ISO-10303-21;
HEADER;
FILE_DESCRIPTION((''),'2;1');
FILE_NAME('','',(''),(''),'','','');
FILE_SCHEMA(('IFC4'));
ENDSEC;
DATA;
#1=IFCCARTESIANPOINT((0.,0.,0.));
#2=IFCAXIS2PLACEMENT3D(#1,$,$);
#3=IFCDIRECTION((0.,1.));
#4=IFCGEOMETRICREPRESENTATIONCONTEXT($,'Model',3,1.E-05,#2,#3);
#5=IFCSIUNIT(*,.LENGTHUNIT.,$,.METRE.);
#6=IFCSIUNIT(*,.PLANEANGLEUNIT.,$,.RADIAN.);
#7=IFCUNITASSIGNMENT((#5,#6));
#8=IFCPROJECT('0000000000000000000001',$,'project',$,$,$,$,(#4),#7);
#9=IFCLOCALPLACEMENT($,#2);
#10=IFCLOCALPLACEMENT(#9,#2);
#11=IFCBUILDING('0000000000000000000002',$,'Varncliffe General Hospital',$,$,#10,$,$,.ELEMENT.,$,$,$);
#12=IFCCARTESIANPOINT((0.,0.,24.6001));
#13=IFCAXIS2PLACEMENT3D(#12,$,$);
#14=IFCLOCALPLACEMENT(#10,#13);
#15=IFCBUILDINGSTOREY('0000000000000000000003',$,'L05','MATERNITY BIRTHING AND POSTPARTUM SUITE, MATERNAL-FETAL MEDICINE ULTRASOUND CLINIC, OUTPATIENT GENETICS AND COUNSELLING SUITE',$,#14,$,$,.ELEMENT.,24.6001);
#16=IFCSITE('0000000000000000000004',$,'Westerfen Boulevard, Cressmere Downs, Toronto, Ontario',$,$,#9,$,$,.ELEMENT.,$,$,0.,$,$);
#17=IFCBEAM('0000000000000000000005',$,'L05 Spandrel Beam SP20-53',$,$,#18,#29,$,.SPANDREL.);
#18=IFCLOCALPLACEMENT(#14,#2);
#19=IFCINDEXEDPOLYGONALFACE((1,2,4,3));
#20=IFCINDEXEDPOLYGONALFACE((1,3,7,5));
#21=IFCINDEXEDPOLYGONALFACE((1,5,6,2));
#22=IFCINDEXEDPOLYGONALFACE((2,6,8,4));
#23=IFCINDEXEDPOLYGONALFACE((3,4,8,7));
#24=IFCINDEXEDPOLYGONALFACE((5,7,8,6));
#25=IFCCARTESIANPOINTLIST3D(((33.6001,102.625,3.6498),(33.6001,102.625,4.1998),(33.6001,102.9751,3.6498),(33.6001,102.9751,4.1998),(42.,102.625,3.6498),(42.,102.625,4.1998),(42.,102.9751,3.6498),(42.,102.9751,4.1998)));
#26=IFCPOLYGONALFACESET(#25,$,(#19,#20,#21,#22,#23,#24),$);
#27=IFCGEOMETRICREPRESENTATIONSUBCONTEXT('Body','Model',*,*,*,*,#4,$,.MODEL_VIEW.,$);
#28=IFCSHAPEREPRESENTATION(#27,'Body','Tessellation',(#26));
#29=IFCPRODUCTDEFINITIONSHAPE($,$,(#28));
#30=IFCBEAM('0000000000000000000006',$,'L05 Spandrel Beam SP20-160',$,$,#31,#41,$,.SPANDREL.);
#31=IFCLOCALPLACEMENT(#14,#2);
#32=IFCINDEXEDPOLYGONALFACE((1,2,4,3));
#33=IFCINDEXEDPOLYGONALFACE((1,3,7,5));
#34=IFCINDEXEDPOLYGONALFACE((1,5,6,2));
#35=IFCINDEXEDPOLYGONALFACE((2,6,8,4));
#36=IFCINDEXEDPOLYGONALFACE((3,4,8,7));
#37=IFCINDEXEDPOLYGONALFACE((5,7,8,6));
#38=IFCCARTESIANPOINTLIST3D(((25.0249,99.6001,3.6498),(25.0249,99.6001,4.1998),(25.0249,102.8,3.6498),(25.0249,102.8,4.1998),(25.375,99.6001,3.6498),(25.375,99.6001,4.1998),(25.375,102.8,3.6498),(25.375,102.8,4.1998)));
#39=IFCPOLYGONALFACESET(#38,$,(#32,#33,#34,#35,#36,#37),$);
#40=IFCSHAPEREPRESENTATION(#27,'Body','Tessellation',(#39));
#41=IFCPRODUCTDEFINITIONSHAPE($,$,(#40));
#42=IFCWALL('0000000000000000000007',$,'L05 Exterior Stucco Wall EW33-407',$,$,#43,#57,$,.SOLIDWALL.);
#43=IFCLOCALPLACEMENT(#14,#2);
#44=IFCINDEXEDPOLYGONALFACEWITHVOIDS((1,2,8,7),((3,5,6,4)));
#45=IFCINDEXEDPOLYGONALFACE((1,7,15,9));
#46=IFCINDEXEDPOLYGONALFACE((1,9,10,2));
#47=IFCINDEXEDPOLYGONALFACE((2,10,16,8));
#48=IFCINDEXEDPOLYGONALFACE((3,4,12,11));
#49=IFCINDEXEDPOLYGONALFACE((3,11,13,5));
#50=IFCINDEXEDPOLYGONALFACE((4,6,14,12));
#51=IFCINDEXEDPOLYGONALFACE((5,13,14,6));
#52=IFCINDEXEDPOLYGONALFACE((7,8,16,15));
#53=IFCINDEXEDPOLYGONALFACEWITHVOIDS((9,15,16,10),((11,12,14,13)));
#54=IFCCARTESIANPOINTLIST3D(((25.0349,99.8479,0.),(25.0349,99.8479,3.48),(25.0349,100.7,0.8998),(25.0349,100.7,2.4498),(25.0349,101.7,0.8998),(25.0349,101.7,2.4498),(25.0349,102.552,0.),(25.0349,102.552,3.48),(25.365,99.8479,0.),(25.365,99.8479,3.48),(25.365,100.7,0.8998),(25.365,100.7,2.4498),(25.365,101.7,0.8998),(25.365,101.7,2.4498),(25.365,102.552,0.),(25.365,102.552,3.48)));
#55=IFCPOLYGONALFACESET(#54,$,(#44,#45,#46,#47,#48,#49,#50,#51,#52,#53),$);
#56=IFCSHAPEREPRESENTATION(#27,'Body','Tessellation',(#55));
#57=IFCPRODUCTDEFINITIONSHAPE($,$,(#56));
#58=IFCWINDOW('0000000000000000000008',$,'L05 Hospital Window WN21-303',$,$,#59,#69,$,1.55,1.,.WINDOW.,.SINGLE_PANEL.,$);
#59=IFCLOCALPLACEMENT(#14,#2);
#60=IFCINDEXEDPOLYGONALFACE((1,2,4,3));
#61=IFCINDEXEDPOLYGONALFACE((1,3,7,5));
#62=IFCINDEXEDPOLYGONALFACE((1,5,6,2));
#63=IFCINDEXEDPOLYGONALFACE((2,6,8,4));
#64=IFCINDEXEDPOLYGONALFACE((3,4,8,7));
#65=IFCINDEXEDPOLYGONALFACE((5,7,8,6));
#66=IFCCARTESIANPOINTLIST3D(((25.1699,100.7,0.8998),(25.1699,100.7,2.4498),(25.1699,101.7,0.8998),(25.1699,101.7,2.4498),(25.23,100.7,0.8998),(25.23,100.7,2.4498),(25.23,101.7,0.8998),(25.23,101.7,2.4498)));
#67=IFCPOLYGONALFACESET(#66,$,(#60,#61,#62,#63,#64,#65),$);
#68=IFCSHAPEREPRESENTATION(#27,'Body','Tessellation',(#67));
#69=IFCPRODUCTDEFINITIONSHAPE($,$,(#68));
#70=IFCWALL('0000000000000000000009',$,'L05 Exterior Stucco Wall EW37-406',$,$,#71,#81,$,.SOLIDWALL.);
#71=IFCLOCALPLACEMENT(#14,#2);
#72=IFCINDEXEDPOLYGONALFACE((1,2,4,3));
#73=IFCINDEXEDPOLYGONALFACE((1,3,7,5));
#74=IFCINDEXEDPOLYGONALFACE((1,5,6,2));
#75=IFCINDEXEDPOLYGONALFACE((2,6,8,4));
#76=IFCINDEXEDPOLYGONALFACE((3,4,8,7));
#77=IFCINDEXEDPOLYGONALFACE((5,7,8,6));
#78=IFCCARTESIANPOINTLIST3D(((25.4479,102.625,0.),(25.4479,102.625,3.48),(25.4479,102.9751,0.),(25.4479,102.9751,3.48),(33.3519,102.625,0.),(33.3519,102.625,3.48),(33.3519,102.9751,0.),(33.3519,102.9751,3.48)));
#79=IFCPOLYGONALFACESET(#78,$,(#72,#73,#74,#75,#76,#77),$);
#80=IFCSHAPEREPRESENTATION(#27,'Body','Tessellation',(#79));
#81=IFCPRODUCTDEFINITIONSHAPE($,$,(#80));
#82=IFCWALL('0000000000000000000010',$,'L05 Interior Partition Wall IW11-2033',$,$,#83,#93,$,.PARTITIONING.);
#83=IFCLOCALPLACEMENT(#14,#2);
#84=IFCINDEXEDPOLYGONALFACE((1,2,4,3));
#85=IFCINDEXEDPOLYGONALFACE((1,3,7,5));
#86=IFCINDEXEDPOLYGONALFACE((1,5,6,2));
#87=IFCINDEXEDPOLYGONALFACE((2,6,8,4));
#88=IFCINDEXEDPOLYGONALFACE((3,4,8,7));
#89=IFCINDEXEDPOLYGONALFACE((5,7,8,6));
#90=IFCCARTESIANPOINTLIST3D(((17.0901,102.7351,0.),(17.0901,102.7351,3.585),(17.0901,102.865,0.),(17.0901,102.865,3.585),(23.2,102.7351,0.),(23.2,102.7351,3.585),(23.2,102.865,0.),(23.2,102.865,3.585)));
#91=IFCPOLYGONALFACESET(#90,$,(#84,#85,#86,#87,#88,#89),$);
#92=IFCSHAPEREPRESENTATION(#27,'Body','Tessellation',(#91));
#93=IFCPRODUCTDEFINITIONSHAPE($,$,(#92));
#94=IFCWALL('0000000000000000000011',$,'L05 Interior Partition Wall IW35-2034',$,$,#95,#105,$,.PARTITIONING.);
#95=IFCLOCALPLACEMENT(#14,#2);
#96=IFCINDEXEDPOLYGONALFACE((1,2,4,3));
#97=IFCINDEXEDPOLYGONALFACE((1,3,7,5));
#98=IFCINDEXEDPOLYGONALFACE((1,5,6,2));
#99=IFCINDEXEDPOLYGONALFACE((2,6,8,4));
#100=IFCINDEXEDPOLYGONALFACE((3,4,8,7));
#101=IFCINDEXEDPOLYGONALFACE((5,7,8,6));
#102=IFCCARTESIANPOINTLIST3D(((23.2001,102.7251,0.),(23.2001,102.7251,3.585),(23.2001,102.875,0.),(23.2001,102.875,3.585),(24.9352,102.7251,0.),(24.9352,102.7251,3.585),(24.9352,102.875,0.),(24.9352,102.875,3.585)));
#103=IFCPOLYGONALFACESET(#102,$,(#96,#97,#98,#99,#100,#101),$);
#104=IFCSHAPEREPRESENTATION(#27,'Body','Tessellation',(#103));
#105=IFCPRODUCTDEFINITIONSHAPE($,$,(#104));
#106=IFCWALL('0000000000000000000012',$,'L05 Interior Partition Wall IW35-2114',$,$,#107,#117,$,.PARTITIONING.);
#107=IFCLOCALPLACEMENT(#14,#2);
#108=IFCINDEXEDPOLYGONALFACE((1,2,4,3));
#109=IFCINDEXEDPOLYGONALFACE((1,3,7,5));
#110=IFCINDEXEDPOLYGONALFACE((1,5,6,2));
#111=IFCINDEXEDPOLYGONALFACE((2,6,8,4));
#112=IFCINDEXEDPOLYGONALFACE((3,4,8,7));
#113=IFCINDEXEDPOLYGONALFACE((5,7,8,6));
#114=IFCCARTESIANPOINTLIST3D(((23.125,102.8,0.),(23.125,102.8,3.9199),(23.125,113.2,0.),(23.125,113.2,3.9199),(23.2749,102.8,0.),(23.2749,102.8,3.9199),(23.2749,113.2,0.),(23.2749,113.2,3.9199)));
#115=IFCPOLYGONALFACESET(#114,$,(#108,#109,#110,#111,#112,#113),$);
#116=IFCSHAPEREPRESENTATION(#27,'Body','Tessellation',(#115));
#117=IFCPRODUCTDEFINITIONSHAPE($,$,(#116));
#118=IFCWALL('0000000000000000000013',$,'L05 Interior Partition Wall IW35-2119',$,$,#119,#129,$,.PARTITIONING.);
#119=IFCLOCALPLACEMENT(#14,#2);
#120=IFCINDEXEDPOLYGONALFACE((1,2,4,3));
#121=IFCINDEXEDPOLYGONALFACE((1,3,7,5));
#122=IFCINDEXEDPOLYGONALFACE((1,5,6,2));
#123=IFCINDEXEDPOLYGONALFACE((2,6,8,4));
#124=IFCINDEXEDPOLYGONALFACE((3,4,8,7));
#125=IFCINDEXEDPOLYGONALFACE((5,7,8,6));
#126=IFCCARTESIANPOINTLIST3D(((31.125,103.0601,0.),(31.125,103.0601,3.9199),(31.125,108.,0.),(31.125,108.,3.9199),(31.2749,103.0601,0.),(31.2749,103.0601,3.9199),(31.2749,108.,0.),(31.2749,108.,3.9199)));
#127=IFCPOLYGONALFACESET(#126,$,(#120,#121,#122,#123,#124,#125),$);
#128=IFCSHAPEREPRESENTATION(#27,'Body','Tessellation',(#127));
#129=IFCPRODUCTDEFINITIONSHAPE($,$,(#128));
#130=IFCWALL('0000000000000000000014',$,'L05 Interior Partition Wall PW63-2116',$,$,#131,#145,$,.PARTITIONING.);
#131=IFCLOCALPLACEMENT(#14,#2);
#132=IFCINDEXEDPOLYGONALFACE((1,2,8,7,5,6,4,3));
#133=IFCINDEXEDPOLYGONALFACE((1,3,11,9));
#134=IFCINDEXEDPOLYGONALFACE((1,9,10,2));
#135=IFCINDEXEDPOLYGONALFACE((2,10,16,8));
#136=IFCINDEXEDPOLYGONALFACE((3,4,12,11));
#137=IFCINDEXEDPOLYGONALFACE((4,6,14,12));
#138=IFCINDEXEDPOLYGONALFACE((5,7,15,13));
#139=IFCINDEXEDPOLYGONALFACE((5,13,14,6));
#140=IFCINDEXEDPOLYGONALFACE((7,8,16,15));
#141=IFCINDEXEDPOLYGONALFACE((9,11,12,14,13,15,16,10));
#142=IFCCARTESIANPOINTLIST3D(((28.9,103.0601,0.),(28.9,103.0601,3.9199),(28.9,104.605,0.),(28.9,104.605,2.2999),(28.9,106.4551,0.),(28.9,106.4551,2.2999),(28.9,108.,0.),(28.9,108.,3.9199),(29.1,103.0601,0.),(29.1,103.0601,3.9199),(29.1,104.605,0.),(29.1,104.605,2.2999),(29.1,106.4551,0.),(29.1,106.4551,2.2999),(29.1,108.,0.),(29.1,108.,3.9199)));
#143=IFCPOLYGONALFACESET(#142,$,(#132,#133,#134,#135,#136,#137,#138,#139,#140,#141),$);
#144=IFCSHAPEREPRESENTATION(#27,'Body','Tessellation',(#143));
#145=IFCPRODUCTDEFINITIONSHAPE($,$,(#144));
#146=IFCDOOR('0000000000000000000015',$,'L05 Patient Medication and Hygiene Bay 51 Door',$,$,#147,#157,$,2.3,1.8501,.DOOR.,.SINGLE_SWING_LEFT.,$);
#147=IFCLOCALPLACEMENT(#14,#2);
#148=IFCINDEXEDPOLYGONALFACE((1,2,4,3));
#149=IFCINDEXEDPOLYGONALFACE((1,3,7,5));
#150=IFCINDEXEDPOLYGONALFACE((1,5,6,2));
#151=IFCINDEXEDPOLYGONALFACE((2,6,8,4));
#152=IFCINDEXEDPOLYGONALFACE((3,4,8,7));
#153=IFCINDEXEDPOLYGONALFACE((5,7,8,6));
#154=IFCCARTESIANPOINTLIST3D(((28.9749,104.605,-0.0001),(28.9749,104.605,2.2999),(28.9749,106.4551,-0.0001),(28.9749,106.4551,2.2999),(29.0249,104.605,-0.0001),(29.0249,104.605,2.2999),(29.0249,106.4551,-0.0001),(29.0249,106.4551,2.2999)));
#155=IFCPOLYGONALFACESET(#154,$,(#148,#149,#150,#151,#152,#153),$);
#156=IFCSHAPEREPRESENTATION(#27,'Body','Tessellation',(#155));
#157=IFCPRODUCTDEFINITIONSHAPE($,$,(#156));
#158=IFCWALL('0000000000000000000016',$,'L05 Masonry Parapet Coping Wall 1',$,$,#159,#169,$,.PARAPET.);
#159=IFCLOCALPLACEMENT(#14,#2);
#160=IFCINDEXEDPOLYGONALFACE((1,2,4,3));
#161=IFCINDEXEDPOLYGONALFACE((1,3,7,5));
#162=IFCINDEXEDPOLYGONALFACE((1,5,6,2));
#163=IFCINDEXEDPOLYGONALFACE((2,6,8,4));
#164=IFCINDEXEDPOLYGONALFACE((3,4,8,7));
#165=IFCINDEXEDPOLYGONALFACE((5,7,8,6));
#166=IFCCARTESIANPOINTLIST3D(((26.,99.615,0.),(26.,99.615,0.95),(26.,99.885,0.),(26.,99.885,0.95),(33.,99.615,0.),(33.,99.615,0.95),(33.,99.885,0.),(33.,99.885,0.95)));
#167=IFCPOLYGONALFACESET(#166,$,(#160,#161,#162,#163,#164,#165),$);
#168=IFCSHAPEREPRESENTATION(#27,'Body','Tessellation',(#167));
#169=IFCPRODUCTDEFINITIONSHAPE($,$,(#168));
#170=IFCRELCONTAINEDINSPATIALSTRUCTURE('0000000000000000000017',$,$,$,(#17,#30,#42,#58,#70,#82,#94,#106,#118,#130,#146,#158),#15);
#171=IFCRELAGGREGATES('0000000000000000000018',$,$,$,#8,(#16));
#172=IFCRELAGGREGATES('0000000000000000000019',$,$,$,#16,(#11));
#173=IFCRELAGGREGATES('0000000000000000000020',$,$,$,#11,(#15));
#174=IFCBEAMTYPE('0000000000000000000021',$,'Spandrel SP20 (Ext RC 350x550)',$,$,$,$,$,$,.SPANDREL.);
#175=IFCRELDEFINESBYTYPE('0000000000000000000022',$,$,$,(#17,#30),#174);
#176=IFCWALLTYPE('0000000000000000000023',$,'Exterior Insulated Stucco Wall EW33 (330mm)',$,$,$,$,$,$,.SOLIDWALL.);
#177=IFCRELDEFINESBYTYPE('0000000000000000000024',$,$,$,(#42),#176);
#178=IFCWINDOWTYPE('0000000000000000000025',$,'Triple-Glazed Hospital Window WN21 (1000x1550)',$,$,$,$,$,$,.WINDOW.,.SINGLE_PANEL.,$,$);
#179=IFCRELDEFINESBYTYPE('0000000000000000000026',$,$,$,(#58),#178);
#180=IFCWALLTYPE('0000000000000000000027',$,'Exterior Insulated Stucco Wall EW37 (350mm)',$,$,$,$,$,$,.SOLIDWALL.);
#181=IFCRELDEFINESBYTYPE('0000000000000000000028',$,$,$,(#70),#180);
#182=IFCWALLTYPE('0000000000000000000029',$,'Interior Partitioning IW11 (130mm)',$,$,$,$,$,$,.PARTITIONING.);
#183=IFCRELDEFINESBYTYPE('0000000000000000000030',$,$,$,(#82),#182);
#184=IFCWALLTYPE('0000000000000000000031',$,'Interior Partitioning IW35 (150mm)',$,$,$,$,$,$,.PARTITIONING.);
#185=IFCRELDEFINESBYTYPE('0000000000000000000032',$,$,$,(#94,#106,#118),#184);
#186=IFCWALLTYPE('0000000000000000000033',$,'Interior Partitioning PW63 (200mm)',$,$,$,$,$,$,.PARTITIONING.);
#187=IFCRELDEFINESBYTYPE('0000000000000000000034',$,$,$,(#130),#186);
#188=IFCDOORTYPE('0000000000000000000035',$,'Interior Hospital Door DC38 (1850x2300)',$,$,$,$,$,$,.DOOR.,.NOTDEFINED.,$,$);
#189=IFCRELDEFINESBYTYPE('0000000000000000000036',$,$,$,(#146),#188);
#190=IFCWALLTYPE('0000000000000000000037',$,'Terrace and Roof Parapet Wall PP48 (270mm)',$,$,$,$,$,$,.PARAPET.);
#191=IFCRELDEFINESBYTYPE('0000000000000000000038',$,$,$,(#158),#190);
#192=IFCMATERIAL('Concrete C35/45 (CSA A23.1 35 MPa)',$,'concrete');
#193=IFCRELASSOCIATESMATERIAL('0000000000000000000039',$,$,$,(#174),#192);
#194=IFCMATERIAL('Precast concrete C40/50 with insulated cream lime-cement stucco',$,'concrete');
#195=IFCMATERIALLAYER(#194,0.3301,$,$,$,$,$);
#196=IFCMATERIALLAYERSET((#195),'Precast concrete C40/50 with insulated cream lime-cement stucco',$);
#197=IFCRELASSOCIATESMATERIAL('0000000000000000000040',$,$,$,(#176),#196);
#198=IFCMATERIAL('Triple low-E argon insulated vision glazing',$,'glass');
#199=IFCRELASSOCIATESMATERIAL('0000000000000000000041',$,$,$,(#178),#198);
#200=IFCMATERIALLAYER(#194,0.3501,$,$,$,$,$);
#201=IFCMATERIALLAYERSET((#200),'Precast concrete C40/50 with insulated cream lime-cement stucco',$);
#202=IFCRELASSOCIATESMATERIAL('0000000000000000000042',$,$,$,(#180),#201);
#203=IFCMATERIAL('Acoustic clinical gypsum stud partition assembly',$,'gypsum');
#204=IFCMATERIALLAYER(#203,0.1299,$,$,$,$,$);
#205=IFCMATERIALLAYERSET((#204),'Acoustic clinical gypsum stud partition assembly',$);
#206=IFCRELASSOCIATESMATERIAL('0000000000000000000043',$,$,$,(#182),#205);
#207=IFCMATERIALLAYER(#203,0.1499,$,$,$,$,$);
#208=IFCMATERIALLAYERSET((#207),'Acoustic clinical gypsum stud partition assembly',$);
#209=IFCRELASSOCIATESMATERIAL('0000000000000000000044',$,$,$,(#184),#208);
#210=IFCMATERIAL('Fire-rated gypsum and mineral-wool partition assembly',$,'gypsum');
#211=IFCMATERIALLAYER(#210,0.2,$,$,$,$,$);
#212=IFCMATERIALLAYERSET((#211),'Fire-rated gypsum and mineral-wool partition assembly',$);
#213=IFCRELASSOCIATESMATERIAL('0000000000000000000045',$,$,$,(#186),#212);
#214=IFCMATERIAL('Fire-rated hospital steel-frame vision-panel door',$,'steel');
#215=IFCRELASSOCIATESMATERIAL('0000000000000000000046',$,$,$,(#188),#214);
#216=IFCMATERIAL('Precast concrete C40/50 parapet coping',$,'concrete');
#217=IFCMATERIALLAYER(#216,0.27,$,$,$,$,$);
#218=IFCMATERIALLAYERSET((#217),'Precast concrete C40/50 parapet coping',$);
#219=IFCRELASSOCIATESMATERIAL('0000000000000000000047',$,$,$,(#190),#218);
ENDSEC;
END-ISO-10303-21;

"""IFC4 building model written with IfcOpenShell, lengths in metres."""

from ifc_helpers import new_model, si_unit, direction, frame, frame_2d, origin, origin_2d, place, context, subcontext, project, spatial, rectangle, extrude, material, layer, layer_set, material_profile, profile_set, type_object, element, fill, save


model = new_model("IFC4")

# Units and contexts
model_context = context("Model", 3, precision=1e-05, world=origin(), true_north=direction((0.0, 1.0)))
body_context = subcontext(model_context, "Body", "Model", "MODEL_VIEW")
ifc_project = project(units=[si_unit("LENGTHUNIT", "METRE"), si_unit("PLANEANGLEUNIT", "RADIAN")], contexts=[model_context])

# Site, building, storey
site_placement = place(None, origin())
site = spatial("IfcSite", under=ifc_project, at=site_placement, Name="Westerfen Boulevard, Cressmere Downs, Toronto, Ontario", CompositionType="ELEMENT", RefElevation=0.0)
building_placement = place(site_placement, origin())
building = spatial("IfcBuilding", under=site, at=building_placement, Name="Varncliffe General Hospital", CompositionType="ELEMENT")
storey_placement = place(building_placement, frame((0.0, 0.0, 24.6001)))
storey = spatial("IfcBuildingStorey", under=building, at=storey_placement, Name="L05", Description="MATERNITY BIRTHING AND POSTPARTUM SUITE, MATERNAL-FETAL MEDICINE ULTRASOUND CLINIC, OUTPATIENT GENETICS AND COUNSELLING SUITE", CompositionType="ELEMENT", Elevation=24.6001)

# Beams
ifc_material_1 = material(Name="Concrete C35/45 (CSA A23.1 35 MPa)", Category="concrete")
ifc_material_profile_1 = material_profile(ifc_material_1, rectangle(XDim=0.3501, YDim=0.55, at=origin_2d()), Name="RC 350x550")
ifc_profile_set_1 = profile_set([ifc_material_profile_1], Name="Concrete C35/45 (CSA A23.1 35 MPa)")
beam_type_1 = type_object("IfcBeamType", Name="Spandrel SP20 (Ext RC 350x550)", PredefinedType="SPANDREL", material=ifc_profile_set_1)
beam_1_placement = place(storey_placement, frame((33.6001, 102.8, 3.9248), z_axis=(1.0, 0.0, 0.0), x_axis=(0.0, 1.0, 0.0)))
element("IfcBeam", 1, at=beam_1_placement, inside=storey, type_object=beam_type_1, Name="L05 Spandrel Beam SP20-53", PredefinedType="SPANDREL", context=body_context, shape_type="SweptSolid", body=[
    extrude(rectangle(XDim=0.3501, YDim=0.55, at=origin_2d()), origin(), (0.0, 0.0, 1.0), 8.3999),
])
beam_2_placement = place(storey_placement, frame((25.2, 99.6001, 3.9248), z_axis=(0.0, 1.0, 0.0), x_axis=(-1.0, 0.0, 0.0)))
element("IfcBeam", 2, at=beam_2_placement, inside=storey, type_object=beam_type_1, Name="L05 Spandrel Beam SP20-160", PredefinedType="SPANDREL", context=body_context, shape_type="SweptSolid", body=[
    extrude(rectangle(XDim=0.3501, YDim=0.55, at=origin_2d()), origin(), (0.0, 0.0, 1.0), 3.2),
])

# Wall, opening, window
ifc_material_2 = material(Name="Precast concrete C40/50 with insulated cream lime-cement stucco", Category="concrete")
ifc_layer_1 = layer(ifc_material_2, 0.3301)
ifc_layer_set_1 = layer_set([ifc_layer_1], Name="Precast concrete C40/50 with insulated cream lime-cement stucco")
wall_type_1 = type_object("IfcWallType", Name="Exterior Insulated Stucco Wall EW33 (330mm)", PredefinedType="SOLIDWALL", material=ifc_layer_set_1)
wall_1_placement = place(storey_placement, frame((25.2, 102.552, 0.0), z_axis=(0.0, 0.0, 1.0), x_axis=(0.0, -1.0, 0.0)))
wall_1 = element("IfcWall", 3, at=wall_1_placement, inside=storey, type_object=wall_type_1, Name="L05 Exterior Stucco Wall EW33-407", PredefinedType="SOLIDWALL", context=body_context, shape_type="SweptSolid", body=[
    extrude(rectangle(XDim=2.7041, YDim=0.3301, at=frame_2d((1.3521, 0.0))), origin(), (0.0, 0.0, 1.0), 3.48),
])
opening_1_placement = place(wall_1_placement, frame((0.8521, 0.0, 0.8999)))
opening_1 = element("IfcOpeningElement", 4, at=opening_1_placement, cuts=wall_1, PredefinedType="OPENING", context=body_context, shape_type="SweptSolid", body=[
    extrude(rectangle(XDim=1.0, YDim=1.55, at=frame_2d((0.5, 0.7749))), frame((0.0, 0.175, 0.0), z_axis=(0.0, -1.0, 0.0), x_axis=(1.0, 0.0, 0.0)), (0.0, 0.0, 1.0), 0.3501),
])
ifc_material_3 = material(Name="Triple low-E argon insulated vision glazing", Category="glass")
window_type = type_object("IfcWindowType", Name="Triple-Glazed Hospital Window WN21 (1000x1550)", PartitioningType="SINGLE_PANEL", PredefinedType="WINDOW", material=ifc_material_3)
window_placement = place(opening_1_placement, origin())
window = element("IfcWindow", 5, at=window_placement, inside=storey, type_object=window_type, Name="L05 Hospital Window WN21-303", OverallHeight=1.55, OverallWidth=1.0, PartitioningType="SINGLE_PANEL", PredefinedType="WINDOW", context=body_context, shape_type="SweptSolid", body=[
    extrude(rectangle(XDim=1.0, YDim=1.55, at=frame_2d((0.5, 0.7749))), frame((0.0, 0.03, 0.0), z_axis=(0.0, -1.0, 0.0), x_axis=(1.0, 0.0, 0.0)), (0.0, 0.0, 1.0), 0.0601),
])
fill(opening_1, window)

# Walls
ifc_layer_2 = layer(ifc_material_2, 0.3501)
ifc_layer_set_2 = layer_set([ifc_layer_2], Name="Precast concrete C40/50 with insulated cream lime-cement stucco")
wall_type_2 = type_object("IfcWallType", Name="Exterior Insulated Stucco Wall EW37 (350mm)", PredefinedType="SOLIDWALL", material=ifc_layer_set_2)
wall_2_placement = place(storey_placement, frame((33.3521, 102.8, 0.0), z_axis=(0.0, 0.0, 1.0), x_axis=(-1.0, 0.0, 0.0)))
element("IfcWall", 6, at=wall_2_placement, inside=storey, type_object=wall_type_2, Name="L05 Exterior Stucco Wall EW37-406", PredefinedType="SOLIDWALL", context=body_context, shape_type="SweptSolid", body=[
    extrude(rectangle(XDim=7.9041, YDim=0.3501, at=frame_2d((3.9521, 0.0))), origin(), (0.0, 0.0, 1.0), 3.48),
])
ifc_material_4 = material(Name="Acoustic clinical gypsum stud partition assembly", Category="gypsum")
ifc_layer_3 = layer(ifc_material_4, 0.1299)
ifc_layer_set_3 = layer_set([ifc_layer_3], Name="Acoustic clinical gypsum stud partition assembly")
wall_type_3 = type_object("IfcWallType", Name="Interior Partitioning IW11 (130mm)", PredefinedType="PARTITIONING", material=ifc_layer_set_3)
wall_3_placement = place(storey_placement, frame((17.0901, 102.8, 0.0), z_axis=(0.0, 0.0, 1.0), x_axis=(1.0, 0.0, 0.0)))
element("IfcWall", 7, at=wall_3_placement, inside=storey, type_object=wall_type_3, Name="L05 Interior Partition Wall IW11-2033", PredefinedType="PARTITIONING", context=body_context, shape_type="SweptSolid", body=[
    extrude(rectangle(XDim=6.1099, YDim=0.1299, at=frame_2d((3.0549, 0.0))), origin(), (0.0, 0.0, 1.0), 3.585),
])
ifc_layer_4 = layer(ifc_material_4, 0.1499)
ifc_layer_set_4 = layer_set([ifc_layer_4], Name="Acoustic clinical gypsum stud partition assembly")
wall_type_4 = type_object("IfcWallType", Name="Interior Partitioning IW35 (150mm)", PredefinedType="PARTITIONING", material=ifc_layer_set_4)
wall_4_placement = place(storey_placement, frame((23.2, 102.8, 0.0), z_axis=(0.0, 0.0, 1.0), x_axis=(1.0, 0.0, 0.0)))
element("IfcWall", 8, at=wall_4_placement, inside=storey, type_object=wall_type_4, Name="L05 Interior Partition Wall IW35-2034", PredefinedType="PARTITIONING", context=body_context, shape_type="SweptSolid", body=[
    extrude(rectangle(XDim=1.7351, YDim=0.1499, at=frame_2d((0.8677, 0.0))), origin(), (0.0, 0.0, 1.0), 3.585),
])
wall_5_placement = place(storey_placement, frame((23.2, 102.8, 0.0), z_axis=(0.0, 0.0, 1.0), x_axis=(0.0, 1.0, 0.0)))
element("IfcWall", 9, at=wall_5_placement, inside=storey, type_object=wall_type_4, Name="L05 Interior Partition Wall IW35-2114", PredefinedType="PARTITIONING", context=body_context, shape_type="SweptSolid", body=[
    extrude(rectangle(XDim=10.3999, YDim=0.1499, at=frame_2d((5.2, 0.0))), origin(), (0.0, 0.0, 1.0), 3.9199),
])
wall_6_placement = place(storey_placement, frame((31.2, 103.0601, 0.0), z_axis=(0.0, 0.0, 1.0), x_axis=(0.0, 1.0, 0.0)))
element("IfcWall", 10, at=wall_6_placement, inside=storey, type_object=wall_type_4, Name="L05 Interior Partition Wall IW35-2119", PredefinedType="PARTITIONING", context=body_context, shape_type="SweptSolid", body=[
    extrude(rectangle(XDim=4.9399, YDim=0.1499, at=frame_2d((2.47, 0.0))), origin(), (0.0, 0.0, 1.0), 3.9199),
])

# Wall, opening, door
ifc_material_5 = material(Name="Fire-rated gypsum and mineral-wool partition assembly", Category="gypsum")
ifc_layer_5 = layer(ifc_material_5, 0.2)
ifc_layer_set_5 = layer_set([ifc_layer_5], Name="Fire-rated gypsum and mineral-wool partition assembly")
wall_type_5 = type_object("IfcWallType", Name="Interior Partitioning PW63 (200mm)", PredefinedType="PARTITIONING", material=ifc_layer_set_5)
wall_7_placement = place(storey_placement, frame((29.0, 103.0601, 0.0), z_axis=(0.0, 0.0, 1.0), x_axis=(0.0, 1.0, 0.0)))
wall_7 = element("IfcWall", 11, at=wall_7_placement, inside=storey, type_object=wall_type_5, Name="L05 Interior Partition Wall PW63-2116", PredefinedType="PARTITIONING", context=body_context, shape_type="SweptSolid", body=[
    extrude(rectangle(XDim=4.9399, YDim=0.2, at=frame_2d((2.47, 0.0))), origin(), (0.0, 0.0, 1.0), 3.9199),
])
opening_2_placement = place(wall_7_placement, frame((1.5449, 0.0, 0.0)))
opening_2 = element("IfcOpeningElement", 12, at=opening_2_placement, cuts=wall_7, PredefinedType="OPENING", context=body_context, shape_type="SweptSolid", body=[
    extrude(rectangle(XDim=1.8501, YDim=2.3, at=frame_2d((0.925, 1.1499))), frame((0.0, 0.1099, 0.0), z_axis=(0.0, -1.0, 0.0), x_axis=(1.0, 0.0, 0.0)), (0.0, 0.0, 1.0), 0.22),
])
ifc_material_6 = material(Name="Fire-rated hospital steel-frame vision-panel door", Category="steel")
door_type = type_object("IfcDoorType", Name="Interior Hospital Door DC38 (1850x2300)", OperationType="NOTDEFINED", PredefinedType="DOOR", material=ifc_material_6)
door_placement = place(opening_2_placement, frame((1.8501, 0.0, 0.0), z_axis=(0.0, 0.0, 1.0), x_axis=(-1.0, 0.0, 0.0)))
door = element("IfcDoor", 13, at=door_placement, inside=storey, type_object=door_type, Name="L05 Patient Medication and Hygiene Bay 51 Door", OperationType="SINGLE_SWING_LEFT", OverallHeight=2.3, OverallWidth=1.8501, PredefinedType="DOOR", context=body_context, shape_type="SweptSolid", body=[
    extrude(rectangle(XDim=1.8501, YDim=2.3, at=frame_2d((0.925, 1.1499))), frame((0.0, 0.0249, 0.0), z_axis=(0.0, -1.0, 0.0), x_axis=(1.0, 0.0, 0.0)), (0.0, 0.0, 1.0), 0.05),
])
fill(opening_2, door)

# Wall
ifc_material_7 = material(Name="Precast concrete C40/50 parapet coping", Category="concrete")
ifc_layer_6 = layer(ifc_material_7, 0.27)
ifc_layer_set_6 = layer_set([ifc_layer_6], Name="Precast concrete C40/50 parapet coping")
wall_type_6 = type_object("IfcWallType", Name="Terrace and Roof Parapet Wall PP48 (270mm)", PredefinedType="PARAPET", material=ifc_layer_set_6)
wall_8_placement = place(storey_placement, frame((26.0, 99.75, 0.0), z_axis=(0.0, 0.0, 1.0), x_axis=(1.0, 0.0, 0.0)))
element("IfcWall", 14, at=wall_8_placement, inside=storey, type_object=wall_type_6, Name="L05 Masonry Parapet Coping Wall 1", PredefinedType="PARAPET", context=body_context, shape_type="SweptSolid", body=[
    extrude(rectangle(XDim=7.0, YDim=0.27, at=frame_2d((3.5, 0.0))), origin(), (0.0, 0.0, 1.0), 0.95),
])

save(model, "model.ifc")
